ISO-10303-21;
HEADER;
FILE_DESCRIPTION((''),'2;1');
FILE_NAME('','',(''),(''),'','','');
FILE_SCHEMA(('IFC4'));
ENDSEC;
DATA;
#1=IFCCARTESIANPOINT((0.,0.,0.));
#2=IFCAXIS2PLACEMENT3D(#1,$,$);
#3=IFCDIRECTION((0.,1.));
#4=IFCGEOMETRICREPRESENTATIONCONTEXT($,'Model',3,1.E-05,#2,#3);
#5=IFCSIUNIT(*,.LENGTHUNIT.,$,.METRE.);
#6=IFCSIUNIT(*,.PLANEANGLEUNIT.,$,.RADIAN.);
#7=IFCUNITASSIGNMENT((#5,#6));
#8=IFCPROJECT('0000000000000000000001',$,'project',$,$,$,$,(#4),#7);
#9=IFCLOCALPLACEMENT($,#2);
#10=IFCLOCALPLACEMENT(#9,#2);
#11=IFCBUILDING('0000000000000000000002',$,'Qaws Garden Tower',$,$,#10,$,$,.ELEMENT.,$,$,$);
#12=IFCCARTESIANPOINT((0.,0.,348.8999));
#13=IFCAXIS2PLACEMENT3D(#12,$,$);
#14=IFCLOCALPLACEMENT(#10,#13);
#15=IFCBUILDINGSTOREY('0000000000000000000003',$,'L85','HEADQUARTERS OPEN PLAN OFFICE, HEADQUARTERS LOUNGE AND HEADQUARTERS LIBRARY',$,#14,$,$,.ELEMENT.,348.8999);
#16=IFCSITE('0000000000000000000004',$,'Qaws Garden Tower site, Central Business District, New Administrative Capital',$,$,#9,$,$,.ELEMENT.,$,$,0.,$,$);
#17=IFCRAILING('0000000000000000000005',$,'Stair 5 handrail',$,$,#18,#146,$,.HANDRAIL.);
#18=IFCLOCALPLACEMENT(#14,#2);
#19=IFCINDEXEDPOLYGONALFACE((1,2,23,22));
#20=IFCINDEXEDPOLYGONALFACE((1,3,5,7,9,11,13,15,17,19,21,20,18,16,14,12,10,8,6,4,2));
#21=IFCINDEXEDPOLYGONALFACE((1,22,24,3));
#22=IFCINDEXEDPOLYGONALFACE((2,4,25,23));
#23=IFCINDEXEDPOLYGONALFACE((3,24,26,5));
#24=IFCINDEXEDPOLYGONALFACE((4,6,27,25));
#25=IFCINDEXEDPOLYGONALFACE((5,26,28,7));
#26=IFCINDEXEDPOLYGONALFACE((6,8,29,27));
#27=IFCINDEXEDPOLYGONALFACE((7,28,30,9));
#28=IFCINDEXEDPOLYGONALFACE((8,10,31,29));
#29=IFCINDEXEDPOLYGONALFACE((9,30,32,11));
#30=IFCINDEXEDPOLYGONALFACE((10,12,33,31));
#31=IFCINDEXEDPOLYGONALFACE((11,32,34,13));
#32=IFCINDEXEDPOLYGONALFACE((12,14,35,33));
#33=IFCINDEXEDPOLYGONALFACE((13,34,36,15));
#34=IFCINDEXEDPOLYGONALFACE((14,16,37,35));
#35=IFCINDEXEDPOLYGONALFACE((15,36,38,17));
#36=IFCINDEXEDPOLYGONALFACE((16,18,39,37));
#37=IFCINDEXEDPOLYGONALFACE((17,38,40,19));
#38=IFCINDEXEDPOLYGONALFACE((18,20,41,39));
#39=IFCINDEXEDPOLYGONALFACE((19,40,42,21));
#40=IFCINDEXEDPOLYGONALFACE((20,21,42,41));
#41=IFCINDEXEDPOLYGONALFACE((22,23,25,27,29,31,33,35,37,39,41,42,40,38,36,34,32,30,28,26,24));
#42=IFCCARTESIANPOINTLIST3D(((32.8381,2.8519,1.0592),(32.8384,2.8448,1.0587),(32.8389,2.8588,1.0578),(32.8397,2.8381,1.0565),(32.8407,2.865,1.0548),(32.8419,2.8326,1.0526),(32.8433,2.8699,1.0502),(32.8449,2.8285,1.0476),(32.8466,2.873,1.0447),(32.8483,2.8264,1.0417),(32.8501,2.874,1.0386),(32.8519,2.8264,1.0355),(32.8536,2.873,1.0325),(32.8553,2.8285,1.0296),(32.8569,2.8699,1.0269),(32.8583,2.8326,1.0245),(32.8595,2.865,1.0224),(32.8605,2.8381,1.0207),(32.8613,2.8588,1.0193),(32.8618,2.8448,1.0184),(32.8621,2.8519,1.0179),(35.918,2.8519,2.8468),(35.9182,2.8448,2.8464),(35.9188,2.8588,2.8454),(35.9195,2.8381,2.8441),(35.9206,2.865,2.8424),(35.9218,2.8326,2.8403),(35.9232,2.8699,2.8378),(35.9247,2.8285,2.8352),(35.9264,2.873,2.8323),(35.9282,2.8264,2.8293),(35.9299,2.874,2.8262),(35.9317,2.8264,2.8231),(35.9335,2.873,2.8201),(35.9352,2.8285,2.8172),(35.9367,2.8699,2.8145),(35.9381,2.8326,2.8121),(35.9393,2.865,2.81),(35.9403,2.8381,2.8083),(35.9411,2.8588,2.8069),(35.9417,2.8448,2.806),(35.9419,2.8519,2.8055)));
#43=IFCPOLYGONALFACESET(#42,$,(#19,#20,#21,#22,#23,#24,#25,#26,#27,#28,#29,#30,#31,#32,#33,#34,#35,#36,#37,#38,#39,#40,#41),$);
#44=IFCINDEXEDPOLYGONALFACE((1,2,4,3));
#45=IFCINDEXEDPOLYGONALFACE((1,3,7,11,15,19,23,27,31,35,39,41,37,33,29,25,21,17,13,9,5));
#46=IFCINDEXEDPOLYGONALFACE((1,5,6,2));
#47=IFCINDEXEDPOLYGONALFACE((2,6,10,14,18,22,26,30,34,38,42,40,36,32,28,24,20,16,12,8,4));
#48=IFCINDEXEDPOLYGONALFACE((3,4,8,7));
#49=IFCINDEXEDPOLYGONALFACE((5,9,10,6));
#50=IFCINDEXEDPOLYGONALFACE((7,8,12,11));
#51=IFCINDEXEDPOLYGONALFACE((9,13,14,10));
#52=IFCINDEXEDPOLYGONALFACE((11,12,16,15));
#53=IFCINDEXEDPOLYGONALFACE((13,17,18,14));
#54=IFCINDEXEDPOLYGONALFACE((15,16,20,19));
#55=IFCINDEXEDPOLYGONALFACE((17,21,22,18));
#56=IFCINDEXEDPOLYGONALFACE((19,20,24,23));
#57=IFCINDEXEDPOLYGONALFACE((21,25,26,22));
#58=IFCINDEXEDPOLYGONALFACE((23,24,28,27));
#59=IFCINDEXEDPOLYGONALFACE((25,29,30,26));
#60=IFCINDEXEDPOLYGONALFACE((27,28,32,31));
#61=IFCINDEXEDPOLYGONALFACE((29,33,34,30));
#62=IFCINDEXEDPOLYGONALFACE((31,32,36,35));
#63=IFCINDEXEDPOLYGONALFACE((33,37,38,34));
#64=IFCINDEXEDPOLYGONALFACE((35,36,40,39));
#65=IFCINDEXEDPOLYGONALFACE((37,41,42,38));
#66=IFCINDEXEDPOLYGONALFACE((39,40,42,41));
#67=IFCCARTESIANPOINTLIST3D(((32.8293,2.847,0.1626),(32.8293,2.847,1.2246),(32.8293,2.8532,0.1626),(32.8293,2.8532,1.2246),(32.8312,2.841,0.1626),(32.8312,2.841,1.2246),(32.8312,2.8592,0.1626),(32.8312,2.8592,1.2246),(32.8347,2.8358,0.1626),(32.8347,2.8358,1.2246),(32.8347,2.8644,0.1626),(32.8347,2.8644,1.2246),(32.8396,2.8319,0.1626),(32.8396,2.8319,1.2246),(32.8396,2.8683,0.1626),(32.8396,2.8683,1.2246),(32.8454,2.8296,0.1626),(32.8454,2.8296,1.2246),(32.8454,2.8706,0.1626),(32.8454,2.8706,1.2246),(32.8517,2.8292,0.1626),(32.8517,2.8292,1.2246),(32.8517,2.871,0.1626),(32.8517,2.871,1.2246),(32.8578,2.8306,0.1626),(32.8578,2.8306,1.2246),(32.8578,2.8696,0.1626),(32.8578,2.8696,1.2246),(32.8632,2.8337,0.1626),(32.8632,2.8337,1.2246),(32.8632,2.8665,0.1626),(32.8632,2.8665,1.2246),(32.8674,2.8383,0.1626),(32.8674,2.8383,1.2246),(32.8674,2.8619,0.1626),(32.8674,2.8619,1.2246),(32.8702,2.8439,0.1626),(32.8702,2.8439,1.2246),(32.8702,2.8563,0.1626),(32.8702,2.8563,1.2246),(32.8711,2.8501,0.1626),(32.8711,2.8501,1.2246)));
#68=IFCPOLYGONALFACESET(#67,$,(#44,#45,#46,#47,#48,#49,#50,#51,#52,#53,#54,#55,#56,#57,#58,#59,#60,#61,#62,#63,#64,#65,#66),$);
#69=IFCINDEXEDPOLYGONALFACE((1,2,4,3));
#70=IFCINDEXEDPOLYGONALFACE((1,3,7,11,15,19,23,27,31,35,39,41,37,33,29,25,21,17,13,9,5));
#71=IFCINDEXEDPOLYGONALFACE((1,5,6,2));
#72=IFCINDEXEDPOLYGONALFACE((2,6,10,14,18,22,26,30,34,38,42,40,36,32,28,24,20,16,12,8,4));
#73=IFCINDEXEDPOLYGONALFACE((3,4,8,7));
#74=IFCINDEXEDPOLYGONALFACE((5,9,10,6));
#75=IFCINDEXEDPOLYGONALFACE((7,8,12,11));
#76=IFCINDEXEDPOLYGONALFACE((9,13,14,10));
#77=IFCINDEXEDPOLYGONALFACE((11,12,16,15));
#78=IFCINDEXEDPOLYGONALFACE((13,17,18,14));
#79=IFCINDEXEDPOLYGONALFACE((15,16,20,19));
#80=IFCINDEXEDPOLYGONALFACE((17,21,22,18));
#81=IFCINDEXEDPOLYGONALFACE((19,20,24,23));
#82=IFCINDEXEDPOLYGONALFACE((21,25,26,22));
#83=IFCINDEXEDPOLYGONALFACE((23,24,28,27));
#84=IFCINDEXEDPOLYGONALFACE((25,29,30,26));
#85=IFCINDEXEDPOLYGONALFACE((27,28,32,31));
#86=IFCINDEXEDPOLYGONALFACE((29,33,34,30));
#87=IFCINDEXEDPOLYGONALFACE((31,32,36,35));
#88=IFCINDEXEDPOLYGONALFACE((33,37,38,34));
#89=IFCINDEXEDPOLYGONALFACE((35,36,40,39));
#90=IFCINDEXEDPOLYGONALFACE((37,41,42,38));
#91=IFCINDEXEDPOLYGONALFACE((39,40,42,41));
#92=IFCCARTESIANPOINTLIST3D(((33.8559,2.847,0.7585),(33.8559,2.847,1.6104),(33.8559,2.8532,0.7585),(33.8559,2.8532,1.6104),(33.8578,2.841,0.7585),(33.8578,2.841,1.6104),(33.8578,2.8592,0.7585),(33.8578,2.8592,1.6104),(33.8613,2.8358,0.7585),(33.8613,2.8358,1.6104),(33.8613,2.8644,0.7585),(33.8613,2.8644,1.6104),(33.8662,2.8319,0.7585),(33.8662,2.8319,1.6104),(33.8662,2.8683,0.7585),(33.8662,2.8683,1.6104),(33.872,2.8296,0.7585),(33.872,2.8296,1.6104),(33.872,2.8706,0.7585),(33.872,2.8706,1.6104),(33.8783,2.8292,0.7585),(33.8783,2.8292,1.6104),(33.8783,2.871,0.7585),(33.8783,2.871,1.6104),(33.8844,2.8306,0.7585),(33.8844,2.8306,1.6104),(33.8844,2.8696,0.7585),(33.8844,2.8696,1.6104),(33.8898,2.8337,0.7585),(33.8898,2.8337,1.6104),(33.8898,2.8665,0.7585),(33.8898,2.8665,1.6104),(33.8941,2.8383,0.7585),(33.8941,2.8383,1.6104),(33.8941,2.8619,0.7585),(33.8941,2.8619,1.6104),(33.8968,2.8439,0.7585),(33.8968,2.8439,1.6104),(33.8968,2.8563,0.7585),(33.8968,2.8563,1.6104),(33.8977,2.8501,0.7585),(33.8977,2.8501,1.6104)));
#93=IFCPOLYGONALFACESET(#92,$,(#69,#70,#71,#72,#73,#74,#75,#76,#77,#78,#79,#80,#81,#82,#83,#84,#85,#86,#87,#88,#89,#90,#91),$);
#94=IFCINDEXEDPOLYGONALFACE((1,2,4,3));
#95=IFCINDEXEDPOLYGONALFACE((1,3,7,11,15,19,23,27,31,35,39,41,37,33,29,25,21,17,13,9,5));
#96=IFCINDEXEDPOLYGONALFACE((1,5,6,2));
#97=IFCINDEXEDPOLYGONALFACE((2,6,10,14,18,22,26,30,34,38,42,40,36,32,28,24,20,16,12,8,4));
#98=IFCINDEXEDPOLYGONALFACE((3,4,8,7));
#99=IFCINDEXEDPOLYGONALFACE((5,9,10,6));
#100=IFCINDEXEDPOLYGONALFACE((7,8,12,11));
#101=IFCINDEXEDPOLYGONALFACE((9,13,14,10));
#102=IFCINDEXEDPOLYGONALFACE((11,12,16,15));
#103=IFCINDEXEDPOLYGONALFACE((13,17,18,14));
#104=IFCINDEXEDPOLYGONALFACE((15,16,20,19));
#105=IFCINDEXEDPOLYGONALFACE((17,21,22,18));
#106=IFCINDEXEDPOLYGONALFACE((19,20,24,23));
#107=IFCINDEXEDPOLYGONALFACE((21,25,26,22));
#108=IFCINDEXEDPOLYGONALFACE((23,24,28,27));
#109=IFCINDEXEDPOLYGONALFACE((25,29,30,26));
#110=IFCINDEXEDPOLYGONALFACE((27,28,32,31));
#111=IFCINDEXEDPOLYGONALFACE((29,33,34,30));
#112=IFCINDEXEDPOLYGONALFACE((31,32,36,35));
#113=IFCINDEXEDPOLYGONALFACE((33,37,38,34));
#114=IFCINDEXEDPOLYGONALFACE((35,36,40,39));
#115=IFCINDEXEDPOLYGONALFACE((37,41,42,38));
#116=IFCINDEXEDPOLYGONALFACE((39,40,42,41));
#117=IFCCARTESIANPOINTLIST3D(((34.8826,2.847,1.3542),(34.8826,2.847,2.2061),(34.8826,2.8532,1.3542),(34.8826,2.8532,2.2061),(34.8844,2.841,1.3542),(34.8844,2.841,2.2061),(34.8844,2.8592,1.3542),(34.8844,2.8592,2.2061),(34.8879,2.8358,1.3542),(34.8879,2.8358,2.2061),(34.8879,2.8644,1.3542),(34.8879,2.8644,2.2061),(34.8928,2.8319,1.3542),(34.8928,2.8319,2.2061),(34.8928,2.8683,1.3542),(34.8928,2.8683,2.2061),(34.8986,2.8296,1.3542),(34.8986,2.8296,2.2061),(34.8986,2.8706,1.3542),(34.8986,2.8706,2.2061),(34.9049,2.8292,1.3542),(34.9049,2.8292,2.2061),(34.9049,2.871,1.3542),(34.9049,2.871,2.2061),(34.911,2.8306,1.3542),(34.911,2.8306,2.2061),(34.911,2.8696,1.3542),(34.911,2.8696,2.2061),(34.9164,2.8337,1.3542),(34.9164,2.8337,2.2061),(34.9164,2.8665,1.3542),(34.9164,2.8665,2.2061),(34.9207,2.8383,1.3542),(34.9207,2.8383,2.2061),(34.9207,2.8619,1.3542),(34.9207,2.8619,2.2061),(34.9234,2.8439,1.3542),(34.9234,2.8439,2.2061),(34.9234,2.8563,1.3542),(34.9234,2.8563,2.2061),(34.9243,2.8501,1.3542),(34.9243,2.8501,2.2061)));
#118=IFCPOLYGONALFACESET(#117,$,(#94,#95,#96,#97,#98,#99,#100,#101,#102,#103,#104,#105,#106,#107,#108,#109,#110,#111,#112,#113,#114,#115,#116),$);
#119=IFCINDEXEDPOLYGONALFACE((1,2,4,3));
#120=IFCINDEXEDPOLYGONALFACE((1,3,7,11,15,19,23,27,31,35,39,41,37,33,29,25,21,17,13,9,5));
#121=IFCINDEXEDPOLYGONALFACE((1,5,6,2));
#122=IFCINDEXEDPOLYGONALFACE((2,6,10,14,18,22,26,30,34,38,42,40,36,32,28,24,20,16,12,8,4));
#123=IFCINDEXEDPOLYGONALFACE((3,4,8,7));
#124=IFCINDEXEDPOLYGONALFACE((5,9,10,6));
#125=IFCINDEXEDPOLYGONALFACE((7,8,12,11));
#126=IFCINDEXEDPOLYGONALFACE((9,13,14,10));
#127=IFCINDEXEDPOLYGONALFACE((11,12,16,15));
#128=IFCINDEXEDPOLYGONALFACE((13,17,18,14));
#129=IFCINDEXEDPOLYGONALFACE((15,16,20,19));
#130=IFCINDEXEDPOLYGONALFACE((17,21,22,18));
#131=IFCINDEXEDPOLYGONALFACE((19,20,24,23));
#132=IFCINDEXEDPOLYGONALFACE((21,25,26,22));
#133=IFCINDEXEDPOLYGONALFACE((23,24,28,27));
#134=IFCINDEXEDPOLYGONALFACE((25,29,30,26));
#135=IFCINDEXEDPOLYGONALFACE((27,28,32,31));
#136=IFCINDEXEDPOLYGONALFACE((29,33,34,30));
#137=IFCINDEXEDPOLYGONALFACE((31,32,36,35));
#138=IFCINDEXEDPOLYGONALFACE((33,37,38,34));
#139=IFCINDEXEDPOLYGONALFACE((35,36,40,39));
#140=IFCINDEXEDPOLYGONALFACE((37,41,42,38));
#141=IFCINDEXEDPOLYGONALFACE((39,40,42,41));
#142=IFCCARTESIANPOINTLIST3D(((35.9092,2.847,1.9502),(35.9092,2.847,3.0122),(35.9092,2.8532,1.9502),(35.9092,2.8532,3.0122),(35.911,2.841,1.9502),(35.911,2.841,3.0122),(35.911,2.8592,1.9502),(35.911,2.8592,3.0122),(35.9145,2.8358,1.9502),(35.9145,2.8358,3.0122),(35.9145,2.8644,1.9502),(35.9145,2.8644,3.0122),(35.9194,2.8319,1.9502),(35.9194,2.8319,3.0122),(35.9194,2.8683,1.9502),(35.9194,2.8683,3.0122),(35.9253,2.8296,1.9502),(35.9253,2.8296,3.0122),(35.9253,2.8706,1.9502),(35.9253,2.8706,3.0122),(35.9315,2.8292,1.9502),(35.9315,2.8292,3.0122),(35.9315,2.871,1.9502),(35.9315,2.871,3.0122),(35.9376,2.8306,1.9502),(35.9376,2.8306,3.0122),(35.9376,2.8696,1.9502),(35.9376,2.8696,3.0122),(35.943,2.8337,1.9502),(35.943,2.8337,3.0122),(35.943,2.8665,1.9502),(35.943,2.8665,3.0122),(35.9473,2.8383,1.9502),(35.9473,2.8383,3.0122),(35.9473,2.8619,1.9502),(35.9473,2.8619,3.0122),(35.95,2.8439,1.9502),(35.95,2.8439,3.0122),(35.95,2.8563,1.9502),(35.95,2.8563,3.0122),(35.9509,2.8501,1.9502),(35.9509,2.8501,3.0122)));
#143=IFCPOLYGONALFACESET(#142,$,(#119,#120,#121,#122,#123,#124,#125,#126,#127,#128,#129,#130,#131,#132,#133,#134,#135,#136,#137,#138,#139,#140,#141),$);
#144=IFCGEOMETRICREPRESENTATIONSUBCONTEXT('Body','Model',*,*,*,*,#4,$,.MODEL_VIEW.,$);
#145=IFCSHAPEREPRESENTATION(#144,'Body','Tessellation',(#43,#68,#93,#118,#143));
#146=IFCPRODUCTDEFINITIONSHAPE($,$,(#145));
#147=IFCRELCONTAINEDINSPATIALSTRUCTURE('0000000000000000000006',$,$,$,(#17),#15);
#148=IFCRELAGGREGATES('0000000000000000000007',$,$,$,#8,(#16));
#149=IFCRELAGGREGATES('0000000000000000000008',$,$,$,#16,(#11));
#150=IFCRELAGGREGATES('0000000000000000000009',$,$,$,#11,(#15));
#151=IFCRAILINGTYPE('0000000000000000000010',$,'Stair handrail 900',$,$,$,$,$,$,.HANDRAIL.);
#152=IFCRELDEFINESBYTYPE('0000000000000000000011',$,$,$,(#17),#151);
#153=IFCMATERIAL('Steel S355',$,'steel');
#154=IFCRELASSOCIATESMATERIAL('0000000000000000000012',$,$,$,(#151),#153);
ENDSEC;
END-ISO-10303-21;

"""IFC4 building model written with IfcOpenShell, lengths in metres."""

from ifc_helpers import new_model, si_unit, direction, frame, origin, origin_2d, place, context, subcontext, project, spatial, circle, extrude, material, type_object, element, save


model = new_model("IFC4")

# Units and contexts
model_context = context("Model", 3, precision=1e-05, world=origin(), true_north=direction((0.0, 1.0)))
body_context = subcontext(model_context, "Body", "Model", "MODEL_VIEW")
ifc_project = project(units=[si_unit("LENGTHUNIT", "METRE"), si_unit("PLANEANGLEUNIT", "RADIAN")], contexts=[model_context])

# Site, building, storey
site_placement = place(None, origin())
site = spatial("IfcSite", under=ifc_project, at=site_placement, Name="Qaws Garden Tower site, Central Business District, New Administrative Capital", CompositionType="ELEMENT", RefElevation=0.0)
building_placement = place(site_placement, origin())
building = spatial("IfcBuilding", under=site, at=building_placement, Name="Qaws Garden Tower", CompositionType="ELEMENT")
storey_placement = place(building_placement, frame((0.0, 0.0, 348.8999)))
storey = spatial("IfcBuildingStorey", under=building, at=storey_placement, Name="L85", Description="HEADQUARTERS OPEN PLAN OFFICE, HEADQUARTERS LOUNGE AND HEADQUARTERS LIBRARY", CompositionType="ELEMENT", Elevation=348.8999)

# Railing
ifc_material_1 = material(Name="Steel S355", Category="steel")
railing_type = type_object("IfcRailingType", Name="Stair handrail 900", PredefinedType="HANDRAIL", material=ifc_material_1)
railing_1_placement = place(storey_placement, frame((32.8501, 2.8501, 0.1626)))
element("IfcRailing", 1, at=railing_1_placement, inside=storey, type_object=railing_type, Name="Stair 5 handrail", PredefinedType="HANDRAIL", context=body_context, shape_type="SweptSolid", body=[
    extrude(circle(Radius=0.0239, at=origin_2d()), frame((0.0, 0.0, 0.876), z_axis=(0.864873, 0.0, 0.50199), x_axis=(0.0, 1.0, 0.0)), (0.0, 0.0, 1.0), 3.561),
    extrude(circle(Radius=0.021, at=origin_2d()), origin(), (0.0, 0.0, 1.0), 1.062),
    extrude(circle(Radius=0.021, at=origin_2d()), frame((1.0266, 0.0, 0.5959)), (0.0, 0.0, 1.0), 0.8518),
    extrude(circle(Radius=0.021, at=origin_2d()), frame((2.0532, 0.0, 1.1917)), (0.0, 0.0, 1.0), 0.8518),
    extrude(circle(Radius=0.021, at=origin_2d()), frame((3.0798, 0.0, 1.7876)), (0.0, 0.0, 1.0), 1.062),
])

save(model, "model.ifc")
